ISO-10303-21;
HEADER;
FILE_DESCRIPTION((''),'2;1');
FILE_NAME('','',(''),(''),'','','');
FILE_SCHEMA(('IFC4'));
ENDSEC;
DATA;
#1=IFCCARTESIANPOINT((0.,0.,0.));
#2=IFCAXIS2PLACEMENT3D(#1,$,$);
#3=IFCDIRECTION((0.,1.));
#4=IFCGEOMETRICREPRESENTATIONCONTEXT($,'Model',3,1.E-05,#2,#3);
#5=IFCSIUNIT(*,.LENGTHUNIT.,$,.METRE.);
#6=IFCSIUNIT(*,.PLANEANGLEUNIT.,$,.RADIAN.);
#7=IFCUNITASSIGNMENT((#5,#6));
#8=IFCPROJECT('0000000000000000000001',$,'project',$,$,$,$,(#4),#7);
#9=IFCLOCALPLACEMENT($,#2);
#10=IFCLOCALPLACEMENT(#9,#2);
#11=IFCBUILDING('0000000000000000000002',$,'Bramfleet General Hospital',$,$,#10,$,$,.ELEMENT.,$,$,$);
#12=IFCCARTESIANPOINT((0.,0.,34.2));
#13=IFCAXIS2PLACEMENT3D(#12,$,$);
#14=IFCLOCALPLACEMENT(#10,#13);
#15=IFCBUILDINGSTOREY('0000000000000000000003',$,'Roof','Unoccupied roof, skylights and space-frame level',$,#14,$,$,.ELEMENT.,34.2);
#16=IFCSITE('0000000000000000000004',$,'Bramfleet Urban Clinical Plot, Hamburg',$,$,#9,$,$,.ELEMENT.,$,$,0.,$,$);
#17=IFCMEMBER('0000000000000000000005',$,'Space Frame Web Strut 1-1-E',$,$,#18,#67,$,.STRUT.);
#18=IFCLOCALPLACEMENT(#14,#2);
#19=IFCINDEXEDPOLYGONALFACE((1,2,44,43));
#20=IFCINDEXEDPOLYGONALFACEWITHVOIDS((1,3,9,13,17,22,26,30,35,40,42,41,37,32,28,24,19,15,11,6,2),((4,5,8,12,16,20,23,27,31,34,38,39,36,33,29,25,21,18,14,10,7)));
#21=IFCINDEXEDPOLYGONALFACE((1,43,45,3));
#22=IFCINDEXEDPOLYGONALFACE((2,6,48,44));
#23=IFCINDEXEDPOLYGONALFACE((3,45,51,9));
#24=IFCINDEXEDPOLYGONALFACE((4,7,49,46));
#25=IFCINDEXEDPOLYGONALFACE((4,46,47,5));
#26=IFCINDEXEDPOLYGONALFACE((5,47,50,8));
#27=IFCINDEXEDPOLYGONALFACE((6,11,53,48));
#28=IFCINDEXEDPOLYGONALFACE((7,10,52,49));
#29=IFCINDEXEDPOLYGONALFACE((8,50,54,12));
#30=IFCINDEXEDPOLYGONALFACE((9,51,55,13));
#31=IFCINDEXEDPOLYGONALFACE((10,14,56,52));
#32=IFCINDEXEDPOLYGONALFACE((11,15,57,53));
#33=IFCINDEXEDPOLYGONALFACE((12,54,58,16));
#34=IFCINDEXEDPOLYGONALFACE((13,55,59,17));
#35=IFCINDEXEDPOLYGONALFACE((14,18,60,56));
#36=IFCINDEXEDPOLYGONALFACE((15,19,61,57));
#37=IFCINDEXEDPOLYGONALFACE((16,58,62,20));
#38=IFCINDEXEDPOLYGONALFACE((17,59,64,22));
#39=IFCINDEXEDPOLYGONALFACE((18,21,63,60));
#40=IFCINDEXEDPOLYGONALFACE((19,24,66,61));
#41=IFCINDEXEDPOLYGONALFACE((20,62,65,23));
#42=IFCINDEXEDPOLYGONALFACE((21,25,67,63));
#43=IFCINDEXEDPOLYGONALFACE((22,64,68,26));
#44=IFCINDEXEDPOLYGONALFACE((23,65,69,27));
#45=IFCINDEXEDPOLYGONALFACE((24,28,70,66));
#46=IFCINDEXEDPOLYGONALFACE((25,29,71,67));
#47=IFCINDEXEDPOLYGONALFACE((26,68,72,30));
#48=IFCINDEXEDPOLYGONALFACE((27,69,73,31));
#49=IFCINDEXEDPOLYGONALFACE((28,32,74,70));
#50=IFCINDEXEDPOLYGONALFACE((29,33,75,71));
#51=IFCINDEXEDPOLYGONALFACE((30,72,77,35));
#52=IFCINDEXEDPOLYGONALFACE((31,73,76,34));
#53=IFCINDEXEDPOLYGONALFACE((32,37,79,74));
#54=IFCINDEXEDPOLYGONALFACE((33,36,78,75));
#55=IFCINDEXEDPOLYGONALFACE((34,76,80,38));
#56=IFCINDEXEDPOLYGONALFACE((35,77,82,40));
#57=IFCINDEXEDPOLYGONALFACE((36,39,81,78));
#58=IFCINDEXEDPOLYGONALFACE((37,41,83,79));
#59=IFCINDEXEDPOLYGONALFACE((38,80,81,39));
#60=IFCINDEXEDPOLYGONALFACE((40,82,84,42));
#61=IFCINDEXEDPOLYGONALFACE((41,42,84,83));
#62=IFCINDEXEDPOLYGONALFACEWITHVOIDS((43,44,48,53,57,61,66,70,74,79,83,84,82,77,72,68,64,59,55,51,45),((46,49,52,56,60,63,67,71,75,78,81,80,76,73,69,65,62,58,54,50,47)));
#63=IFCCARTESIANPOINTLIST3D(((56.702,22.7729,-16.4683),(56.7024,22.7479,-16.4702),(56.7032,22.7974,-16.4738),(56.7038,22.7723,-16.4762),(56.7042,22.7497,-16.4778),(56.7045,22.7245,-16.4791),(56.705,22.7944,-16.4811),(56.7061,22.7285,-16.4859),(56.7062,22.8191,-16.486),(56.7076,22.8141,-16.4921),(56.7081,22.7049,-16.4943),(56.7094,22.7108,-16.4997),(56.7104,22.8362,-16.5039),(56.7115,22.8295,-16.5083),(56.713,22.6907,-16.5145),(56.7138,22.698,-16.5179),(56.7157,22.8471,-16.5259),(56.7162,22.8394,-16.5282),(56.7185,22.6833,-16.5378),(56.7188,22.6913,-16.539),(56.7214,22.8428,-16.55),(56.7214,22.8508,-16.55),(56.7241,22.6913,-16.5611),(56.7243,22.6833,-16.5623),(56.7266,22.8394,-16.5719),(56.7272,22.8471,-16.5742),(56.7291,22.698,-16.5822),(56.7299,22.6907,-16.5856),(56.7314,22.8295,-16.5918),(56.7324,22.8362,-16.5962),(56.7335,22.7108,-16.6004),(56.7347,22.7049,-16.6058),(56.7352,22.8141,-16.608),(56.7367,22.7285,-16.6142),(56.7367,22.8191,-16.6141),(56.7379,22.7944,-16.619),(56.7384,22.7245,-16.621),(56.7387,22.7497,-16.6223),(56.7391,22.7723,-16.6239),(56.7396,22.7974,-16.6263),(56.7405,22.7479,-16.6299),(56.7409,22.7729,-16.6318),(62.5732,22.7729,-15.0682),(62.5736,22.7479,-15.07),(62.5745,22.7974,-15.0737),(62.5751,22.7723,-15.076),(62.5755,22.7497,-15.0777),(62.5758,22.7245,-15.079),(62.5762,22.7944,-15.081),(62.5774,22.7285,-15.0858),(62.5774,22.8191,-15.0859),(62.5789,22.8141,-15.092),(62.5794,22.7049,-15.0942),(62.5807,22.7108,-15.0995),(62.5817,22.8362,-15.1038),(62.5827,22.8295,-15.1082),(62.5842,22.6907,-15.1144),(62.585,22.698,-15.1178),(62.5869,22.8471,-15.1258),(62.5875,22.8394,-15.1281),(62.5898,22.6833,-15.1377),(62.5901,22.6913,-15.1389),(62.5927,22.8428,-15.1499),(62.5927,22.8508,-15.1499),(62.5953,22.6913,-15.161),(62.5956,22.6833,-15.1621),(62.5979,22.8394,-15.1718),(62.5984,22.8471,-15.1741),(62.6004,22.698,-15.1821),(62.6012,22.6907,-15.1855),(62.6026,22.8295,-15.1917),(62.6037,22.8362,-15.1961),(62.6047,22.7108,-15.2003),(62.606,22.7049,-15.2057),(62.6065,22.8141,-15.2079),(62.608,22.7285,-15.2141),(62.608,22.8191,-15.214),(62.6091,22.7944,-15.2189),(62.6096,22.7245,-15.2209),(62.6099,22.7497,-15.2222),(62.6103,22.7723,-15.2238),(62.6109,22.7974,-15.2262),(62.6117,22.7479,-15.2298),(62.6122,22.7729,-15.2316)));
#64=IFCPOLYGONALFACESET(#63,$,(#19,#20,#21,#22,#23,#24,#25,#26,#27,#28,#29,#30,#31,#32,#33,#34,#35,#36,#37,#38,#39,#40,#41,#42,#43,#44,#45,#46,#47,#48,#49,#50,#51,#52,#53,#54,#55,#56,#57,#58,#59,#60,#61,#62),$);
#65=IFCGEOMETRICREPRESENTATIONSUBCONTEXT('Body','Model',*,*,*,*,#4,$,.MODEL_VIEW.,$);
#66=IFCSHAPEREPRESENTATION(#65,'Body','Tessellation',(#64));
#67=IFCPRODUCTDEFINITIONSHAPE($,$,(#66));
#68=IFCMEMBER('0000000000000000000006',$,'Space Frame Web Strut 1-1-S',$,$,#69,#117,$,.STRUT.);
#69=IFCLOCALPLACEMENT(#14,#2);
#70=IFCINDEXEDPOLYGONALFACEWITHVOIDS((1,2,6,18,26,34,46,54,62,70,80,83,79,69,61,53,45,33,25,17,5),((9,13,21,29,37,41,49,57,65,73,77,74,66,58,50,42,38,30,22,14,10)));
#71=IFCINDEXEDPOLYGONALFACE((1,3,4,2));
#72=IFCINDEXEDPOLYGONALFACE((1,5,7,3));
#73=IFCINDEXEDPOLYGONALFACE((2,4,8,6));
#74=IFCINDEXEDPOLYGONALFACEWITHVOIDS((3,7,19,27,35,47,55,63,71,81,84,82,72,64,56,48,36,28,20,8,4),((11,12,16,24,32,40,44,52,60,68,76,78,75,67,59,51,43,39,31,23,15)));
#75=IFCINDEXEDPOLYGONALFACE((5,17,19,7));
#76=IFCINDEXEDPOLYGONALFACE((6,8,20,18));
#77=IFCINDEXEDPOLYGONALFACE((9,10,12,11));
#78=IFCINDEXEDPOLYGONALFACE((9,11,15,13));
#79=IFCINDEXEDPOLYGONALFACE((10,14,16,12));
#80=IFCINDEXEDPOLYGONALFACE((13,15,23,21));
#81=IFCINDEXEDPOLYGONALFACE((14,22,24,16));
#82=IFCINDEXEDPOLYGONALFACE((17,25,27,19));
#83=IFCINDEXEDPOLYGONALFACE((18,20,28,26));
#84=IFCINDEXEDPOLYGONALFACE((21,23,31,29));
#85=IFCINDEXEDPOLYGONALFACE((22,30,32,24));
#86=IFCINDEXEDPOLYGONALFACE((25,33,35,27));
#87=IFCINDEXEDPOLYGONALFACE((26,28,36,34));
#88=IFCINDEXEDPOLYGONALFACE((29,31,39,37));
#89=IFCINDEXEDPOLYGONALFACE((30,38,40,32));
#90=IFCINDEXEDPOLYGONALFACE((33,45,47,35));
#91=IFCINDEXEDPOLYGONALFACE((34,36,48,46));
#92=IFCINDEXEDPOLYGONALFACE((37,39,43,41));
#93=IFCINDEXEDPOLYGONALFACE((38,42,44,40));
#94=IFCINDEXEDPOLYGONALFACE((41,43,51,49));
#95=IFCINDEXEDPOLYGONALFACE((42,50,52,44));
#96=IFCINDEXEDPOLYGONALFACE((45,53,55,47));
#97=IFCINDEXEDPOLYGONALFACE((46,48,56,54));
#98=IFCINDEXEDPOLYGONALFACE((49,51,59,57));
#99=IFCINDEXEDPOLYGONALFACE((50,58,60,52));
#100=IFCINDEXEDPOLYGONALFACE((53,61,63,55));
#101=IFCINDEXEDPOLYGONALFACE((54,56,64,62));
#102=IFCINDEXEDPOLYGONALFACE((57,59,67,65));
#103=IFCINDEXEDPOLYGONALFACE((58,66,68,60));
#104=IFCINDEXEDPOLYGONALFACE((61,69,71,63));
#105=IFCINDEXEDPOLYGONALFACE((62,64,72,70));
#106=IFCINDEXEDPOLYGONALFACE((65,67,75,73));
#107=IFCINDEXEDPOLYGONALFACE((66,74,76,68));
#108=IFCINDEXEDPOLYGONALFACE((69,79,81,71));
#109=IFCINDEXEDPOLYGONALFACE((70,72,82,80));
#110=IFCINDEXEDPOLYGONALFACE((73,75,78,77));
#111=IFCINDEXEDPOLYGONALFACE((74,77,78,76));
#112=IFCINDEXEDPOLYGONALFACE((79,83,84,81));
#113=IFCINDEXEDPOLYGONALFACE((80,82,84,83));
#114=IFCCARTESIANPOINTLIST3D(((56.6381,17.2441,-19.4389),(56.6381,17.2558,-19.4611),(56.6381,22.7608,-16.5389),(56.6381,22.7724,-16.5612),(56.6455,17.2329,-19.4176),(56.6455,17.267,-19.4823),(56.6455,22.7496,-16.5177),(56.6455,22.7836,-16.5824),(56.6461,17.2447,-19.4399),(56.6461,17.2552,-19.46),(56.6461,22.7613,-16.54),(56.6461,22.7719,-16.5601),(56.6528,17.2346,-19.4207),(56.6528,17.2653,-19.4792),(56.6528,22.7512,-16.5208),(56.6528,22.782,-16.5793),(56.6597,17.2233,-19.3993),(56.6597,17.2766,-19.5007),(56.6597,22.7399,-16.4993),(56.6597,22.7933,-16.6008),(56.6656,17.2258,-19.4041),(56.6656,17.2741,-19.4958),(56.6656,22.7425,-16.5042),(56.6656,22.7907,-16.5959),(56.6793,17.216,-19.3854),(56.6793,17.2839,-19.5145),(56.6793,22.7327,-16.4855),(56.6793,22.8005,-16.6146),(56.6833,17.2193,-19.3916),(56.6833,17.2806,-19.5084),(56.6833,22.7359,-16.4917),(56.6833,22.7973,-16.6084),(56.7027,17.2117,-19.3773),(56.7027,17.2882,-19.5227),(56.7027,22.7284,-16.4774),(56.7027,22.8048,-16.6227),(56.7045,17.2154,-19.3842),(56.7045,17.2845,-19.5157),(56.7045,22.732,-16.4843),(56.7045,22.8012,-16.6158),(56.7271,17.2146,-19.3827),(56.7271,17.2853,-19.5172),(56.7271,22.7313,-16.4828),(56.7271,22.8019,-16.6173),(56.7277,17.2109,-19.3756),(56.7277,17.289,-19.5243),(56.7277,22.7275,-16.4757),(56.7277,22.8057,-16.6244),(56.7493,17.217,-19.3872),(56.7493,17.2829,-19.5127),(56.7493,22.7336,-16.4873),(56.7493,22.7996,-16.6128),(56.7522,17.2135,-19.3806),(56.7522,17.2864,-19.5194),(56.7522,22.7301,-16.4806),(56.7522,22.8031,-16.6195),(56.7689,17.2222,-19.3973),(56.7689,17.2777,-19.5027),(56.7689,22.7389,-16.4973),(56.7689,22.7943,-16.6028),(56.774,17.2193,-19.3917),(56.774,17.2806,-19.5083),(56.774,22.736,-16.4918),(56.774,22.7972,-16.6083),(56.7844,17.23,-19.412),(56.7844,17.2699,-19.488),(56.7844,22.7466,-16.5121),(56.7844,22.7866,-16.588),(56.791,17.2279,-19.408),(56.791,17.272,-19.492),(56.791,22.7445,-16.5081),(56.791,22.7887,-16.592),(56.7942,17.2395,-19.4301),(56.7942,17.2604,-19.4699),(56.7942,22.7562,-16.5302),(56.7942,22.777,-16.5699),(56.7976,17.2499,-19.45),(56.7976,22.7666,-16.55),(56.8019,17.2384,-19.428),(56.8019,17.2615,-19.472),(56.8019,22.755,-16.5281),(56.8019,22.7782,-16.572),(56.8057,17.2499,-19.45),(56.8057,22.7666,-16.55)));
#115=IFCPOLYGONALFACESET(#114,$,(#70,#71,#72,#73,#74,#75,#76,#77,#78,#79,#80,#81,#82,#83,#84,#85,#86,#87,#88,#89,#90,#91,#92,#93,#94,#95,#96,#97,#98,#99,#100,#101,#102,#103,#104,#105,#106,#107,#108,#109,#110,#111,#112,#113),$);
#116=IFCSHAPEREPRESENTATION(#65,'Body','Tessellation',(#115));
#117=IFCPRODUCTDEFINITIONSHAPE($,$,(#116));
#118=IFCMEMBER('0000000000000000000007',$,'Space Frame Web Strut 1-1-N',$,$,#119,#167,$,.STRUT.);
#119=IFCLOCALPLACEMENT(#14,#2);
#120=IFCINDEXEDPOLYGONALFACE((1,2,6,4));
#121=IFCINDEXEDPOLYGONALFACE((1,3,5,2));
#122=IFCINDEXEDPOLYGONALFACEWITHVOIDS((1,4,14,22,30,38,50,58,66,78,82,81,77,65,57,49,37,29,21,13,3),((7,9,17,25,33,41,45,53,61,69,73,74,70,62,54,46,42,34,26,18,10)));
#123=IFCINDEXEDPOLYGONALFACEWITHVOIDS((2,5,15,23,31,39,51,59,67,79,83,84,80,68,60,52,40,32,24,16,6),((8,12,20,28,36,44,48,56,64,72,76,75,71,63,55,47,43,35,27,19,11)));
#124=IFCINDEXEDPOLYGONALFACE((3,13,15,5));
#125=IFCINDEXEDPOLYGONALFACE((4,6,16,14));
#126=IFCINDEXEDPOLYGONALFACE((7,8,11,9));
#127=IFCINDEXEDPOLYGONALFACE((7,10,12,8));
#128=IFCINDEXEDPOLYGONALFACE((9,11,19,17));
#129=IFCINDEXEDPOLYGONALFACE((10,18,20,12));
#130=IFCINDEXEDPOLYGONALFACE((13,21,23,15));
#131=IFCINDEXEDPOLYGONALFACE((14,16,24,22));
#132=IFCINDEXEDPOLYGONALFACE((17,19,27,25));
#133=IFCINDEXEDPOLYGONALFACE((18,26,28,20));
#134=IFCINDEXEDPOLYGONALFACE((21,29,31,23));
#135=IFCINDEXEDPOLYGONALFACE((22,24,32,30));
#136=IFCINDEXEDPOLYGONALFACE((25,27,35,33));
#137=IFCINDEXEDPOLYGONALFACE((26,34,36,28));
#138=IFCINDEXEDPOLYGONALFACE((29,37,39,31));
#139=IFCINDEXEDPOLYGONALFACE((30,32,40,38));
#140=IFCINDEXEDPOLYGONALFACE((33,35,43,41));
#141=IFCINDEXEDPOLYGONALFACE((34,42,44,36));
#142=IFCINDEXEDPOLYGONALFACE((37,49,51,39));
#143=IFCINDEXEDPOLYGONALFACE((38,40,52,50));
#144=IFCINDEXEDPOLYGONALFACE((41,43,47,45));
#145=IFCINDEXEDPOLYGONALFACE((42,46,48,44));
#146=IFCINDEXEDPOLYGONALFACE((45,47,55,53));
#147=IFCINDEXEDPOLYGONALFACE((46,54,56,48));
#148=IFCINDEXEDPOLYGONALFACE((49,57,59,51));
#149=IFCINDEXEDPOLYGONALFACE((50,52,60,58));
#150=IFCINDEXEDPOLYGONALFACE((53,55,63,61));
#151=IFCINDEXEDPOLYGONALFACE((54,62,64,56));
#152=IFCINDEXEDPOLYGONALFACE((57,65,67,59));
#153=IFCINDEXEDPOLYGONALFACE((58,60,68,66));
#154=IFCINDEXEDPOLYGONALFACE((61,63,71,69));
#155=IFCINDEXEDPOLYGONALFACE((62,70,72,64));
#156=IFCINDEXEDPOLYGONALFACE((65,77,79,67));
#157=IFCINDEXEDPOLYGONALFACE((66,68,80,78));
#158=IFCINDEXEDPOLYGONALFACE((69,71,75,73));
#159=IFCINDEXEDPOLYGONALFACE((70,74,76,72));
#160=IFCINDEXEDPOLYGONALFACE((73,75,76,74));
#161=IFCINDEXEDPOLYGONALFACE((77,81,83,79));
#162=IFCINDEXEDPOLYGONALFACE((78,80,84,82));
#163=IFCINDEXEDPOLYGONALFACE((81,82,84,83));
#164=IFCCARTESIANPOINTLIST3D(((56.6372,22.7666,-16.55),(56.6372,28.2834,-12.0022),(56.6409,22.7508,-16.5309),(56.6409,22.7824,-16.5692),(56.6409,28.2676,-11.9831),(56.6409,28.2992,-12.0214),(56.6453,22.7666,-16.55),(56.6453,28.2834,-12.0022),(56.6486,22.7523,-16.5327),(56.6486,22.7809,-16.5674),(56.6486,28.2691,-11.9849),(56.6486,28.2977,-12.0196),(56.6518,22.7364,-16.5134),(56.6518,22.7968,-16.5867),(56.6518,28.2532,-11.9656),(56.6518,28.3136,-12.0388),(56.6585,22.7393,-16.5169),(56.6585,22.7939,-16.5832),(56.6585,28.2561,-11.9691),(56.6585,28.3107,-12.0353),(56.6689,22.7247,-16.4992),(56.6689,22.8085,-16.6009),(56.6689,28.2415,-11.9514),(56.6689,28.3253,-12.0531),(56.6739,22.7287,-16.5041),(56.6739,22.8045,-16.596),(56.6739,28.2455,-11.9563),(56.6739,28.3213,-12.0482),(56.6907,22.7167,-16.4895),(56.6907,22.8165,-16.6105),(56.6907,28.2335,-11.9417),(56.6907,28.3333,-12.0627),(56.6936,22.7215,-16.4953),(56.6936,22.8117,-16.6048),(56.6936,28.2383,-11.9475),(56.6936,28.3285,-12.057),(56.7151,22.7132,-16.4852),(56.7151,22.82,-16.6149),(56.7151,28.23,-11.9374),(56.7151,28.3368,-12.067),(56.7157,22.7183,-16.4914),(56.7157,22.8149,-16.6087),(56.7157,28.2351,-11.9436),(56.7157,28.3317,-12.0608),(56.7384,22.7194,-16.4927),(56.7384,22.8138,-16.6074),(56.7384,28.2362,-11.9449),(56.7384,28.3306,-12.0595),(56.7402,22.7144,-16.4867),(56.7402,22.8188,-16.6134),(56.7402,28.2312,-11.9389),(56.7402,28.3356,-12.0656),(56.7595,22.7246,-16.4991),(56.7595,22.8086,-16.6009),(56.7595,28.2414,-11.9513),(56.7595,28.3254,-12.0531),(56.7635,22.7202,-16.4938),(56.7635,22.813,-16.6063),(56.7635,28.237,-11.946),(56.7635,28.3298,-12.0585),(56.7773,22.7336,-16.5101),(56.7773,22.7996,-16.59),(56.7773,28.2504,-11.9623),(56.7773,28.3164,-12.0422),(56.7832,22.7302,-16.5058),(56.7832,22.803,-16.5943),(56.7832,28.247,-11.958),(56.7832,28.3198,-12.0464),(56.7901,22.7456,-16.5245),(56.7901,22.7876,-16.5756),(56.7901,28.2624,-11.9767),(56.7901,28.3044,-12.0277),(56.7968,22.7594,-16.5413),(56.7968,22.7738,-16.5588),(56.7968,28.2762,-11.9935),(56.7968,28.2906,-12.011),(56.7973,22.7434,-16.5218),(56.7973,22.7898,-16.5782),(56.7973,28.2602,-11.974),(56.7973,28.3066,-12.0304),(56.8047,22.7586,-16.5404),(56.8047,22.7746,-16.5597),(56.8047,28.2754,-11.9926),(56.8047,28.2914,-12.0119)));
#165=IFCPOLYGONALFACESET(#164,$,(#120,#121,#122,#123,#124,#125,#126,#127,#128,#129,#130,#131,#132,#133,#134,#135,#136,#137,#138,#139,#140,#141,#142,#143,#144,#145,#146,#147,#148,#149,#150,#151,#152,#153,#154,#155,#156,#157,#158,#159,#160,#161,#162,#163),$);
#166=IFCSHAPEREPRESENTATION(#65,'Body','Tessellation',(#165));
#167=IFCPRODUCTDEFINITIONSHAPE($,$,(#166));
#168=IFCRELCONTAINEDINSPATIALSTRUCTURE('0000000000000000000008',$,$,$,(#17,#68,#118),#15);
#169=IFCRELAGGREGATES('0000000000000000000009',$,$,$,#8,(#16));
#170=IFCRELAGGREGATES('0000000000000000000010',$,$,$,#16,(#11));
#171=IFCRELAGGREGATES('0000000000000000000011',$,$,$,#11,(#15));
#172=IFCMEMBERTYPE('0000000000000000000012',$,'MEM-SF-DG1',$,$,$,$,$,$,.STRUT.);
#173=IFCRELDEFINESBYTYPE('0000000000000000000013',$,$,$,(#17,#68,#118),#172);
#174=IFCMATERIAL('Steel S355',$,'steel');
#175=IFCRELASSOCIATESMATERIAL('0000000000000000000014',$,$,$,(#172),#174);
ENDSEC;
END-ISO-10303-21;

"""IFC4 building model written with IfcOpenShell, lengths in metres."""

from ifc_helpers import new_model, si_unit, direction, frame, origin, origin_2d, place, context, subcontext, project, spatial, hollow_circle, extrude, material, material_profile, profile_set, type_object, element, save


model = new_model("IFC4")

# Units and contexts
model_context = context("Model", 3, precision=1e-05, world=origin(), true_north=direction((0.0, 1.0)))
body_context = subcontext(model_context, "Body", "Model", "MODEL_VIEW")
ifc_project = project(units=[si_unit("LENGTHUNIT", "METRE"), si_unit("PLANEANGLEUNIT", "RADIAN")], contexts=[model_context])

# Site, building, storey
site_placement = place(None, origin())
site = spatial("IfcSite", under=ifc_project, at=site_placement, Name="Bramfleet Urban Clinical Plot, Hamburg", CompositionType="ELEMENT", RefElevation=0.0)
building_placement = place(site_placement, origin())
building = spatial("IfcBuilding", under=site, at=building_placement, Name="Bramfleet General Hospital", CompositionType="ELEMENT")
storey_placement = place(building_placement, frame((0.0, 0.0, 34.2)))
storey = spatial("IfcBuildingStorey", under=building, at=storey_placement, Name="Roof", Description="Unoccupied roof, skylights and space-frame level", CompositionType="ELEMENT", Elevation=34.2)

# Members
ifc_material = material(Name="Steel S355", Category="steel")
ifc_material_profile_1 = material_profile(ifc_material, hollow_circle(Radius=0.0842, WallThickness=0.0081, at=origin_2d()), Name="CHS 168.3x8.0")
ifc_profile_set_1 = profile_set([ifc_material_profile_1], Name="Steel S355")
member_type_1 = type_object("IfcMemberType", Name="MEM-SF-DG1", PredefinedType="STRUT", material=ifc_profile_set_1)
for number, where, z_axis, x_axis, name in (
    (1, (56.7214, 22.7666, -16.55), (0.972724, 0.0, 0.231967), (0.0, 1.0, 0.0), "Space Frame Web Strut 1-1-E"),
):
    element("IfcMember", number, at=place(storey_placement, frame(where, z_axis=z_axis, x_axis=x_axis)), inside=storey, type_object=member_type_1, Name=name, PredefinedType="STRUT", context=body_context, shape_type="SweptSolid", body=[
        extrude(hollow_circle(Radius=0.0842, WallThickness=0.0081, at=origin_2d()), origin(), (0.0, 0.0, 1.0), 6.0359),
    ])
member_1_placement = place(storey_placement, frame((56.7214, 22.7666, -16.55), z_axis=(0.0, -0.885154, -0.465298), x_axis=(1.0, 0.0, 0.0)))
element("IfcMember", 2, at=member_1_placement, inside=storey, type_object=member_type_1, Name="Space Frame Web Strut 1-1-S", PredefinedType="STRUT", context=body_context, shape_type="SweptSolid", body=[
    extrude(hollow_circle(Radius=0.0842, WallThickness=0.0081, at=origin_2d()), origin(), (0.0, 0.0, 1.0), 6.2324),
])
member_2_placement = place(storey_placement, frame((56.7214, 22.7666, -16.55), z_axis=(0.0, 0.771617, 0.636088), x_axis=(-1.0, 0.0, 0.0)))
element("IfcMember", 3, at=member_2_placement, inside=storey, type_object=member_type_1, Name="Space Frame Web Strut 1-1-N", PredefinedType="STRUT", context=body_context, shape_type="SweptSolid", body=[
    extrude(hollow_circle(Radius=0.0842, WallThickness=0.0081, at=origin_2d()), origin(), (0.0, 0.0, 1.0), 7.1497),
])

save(model, "model.ifc")
